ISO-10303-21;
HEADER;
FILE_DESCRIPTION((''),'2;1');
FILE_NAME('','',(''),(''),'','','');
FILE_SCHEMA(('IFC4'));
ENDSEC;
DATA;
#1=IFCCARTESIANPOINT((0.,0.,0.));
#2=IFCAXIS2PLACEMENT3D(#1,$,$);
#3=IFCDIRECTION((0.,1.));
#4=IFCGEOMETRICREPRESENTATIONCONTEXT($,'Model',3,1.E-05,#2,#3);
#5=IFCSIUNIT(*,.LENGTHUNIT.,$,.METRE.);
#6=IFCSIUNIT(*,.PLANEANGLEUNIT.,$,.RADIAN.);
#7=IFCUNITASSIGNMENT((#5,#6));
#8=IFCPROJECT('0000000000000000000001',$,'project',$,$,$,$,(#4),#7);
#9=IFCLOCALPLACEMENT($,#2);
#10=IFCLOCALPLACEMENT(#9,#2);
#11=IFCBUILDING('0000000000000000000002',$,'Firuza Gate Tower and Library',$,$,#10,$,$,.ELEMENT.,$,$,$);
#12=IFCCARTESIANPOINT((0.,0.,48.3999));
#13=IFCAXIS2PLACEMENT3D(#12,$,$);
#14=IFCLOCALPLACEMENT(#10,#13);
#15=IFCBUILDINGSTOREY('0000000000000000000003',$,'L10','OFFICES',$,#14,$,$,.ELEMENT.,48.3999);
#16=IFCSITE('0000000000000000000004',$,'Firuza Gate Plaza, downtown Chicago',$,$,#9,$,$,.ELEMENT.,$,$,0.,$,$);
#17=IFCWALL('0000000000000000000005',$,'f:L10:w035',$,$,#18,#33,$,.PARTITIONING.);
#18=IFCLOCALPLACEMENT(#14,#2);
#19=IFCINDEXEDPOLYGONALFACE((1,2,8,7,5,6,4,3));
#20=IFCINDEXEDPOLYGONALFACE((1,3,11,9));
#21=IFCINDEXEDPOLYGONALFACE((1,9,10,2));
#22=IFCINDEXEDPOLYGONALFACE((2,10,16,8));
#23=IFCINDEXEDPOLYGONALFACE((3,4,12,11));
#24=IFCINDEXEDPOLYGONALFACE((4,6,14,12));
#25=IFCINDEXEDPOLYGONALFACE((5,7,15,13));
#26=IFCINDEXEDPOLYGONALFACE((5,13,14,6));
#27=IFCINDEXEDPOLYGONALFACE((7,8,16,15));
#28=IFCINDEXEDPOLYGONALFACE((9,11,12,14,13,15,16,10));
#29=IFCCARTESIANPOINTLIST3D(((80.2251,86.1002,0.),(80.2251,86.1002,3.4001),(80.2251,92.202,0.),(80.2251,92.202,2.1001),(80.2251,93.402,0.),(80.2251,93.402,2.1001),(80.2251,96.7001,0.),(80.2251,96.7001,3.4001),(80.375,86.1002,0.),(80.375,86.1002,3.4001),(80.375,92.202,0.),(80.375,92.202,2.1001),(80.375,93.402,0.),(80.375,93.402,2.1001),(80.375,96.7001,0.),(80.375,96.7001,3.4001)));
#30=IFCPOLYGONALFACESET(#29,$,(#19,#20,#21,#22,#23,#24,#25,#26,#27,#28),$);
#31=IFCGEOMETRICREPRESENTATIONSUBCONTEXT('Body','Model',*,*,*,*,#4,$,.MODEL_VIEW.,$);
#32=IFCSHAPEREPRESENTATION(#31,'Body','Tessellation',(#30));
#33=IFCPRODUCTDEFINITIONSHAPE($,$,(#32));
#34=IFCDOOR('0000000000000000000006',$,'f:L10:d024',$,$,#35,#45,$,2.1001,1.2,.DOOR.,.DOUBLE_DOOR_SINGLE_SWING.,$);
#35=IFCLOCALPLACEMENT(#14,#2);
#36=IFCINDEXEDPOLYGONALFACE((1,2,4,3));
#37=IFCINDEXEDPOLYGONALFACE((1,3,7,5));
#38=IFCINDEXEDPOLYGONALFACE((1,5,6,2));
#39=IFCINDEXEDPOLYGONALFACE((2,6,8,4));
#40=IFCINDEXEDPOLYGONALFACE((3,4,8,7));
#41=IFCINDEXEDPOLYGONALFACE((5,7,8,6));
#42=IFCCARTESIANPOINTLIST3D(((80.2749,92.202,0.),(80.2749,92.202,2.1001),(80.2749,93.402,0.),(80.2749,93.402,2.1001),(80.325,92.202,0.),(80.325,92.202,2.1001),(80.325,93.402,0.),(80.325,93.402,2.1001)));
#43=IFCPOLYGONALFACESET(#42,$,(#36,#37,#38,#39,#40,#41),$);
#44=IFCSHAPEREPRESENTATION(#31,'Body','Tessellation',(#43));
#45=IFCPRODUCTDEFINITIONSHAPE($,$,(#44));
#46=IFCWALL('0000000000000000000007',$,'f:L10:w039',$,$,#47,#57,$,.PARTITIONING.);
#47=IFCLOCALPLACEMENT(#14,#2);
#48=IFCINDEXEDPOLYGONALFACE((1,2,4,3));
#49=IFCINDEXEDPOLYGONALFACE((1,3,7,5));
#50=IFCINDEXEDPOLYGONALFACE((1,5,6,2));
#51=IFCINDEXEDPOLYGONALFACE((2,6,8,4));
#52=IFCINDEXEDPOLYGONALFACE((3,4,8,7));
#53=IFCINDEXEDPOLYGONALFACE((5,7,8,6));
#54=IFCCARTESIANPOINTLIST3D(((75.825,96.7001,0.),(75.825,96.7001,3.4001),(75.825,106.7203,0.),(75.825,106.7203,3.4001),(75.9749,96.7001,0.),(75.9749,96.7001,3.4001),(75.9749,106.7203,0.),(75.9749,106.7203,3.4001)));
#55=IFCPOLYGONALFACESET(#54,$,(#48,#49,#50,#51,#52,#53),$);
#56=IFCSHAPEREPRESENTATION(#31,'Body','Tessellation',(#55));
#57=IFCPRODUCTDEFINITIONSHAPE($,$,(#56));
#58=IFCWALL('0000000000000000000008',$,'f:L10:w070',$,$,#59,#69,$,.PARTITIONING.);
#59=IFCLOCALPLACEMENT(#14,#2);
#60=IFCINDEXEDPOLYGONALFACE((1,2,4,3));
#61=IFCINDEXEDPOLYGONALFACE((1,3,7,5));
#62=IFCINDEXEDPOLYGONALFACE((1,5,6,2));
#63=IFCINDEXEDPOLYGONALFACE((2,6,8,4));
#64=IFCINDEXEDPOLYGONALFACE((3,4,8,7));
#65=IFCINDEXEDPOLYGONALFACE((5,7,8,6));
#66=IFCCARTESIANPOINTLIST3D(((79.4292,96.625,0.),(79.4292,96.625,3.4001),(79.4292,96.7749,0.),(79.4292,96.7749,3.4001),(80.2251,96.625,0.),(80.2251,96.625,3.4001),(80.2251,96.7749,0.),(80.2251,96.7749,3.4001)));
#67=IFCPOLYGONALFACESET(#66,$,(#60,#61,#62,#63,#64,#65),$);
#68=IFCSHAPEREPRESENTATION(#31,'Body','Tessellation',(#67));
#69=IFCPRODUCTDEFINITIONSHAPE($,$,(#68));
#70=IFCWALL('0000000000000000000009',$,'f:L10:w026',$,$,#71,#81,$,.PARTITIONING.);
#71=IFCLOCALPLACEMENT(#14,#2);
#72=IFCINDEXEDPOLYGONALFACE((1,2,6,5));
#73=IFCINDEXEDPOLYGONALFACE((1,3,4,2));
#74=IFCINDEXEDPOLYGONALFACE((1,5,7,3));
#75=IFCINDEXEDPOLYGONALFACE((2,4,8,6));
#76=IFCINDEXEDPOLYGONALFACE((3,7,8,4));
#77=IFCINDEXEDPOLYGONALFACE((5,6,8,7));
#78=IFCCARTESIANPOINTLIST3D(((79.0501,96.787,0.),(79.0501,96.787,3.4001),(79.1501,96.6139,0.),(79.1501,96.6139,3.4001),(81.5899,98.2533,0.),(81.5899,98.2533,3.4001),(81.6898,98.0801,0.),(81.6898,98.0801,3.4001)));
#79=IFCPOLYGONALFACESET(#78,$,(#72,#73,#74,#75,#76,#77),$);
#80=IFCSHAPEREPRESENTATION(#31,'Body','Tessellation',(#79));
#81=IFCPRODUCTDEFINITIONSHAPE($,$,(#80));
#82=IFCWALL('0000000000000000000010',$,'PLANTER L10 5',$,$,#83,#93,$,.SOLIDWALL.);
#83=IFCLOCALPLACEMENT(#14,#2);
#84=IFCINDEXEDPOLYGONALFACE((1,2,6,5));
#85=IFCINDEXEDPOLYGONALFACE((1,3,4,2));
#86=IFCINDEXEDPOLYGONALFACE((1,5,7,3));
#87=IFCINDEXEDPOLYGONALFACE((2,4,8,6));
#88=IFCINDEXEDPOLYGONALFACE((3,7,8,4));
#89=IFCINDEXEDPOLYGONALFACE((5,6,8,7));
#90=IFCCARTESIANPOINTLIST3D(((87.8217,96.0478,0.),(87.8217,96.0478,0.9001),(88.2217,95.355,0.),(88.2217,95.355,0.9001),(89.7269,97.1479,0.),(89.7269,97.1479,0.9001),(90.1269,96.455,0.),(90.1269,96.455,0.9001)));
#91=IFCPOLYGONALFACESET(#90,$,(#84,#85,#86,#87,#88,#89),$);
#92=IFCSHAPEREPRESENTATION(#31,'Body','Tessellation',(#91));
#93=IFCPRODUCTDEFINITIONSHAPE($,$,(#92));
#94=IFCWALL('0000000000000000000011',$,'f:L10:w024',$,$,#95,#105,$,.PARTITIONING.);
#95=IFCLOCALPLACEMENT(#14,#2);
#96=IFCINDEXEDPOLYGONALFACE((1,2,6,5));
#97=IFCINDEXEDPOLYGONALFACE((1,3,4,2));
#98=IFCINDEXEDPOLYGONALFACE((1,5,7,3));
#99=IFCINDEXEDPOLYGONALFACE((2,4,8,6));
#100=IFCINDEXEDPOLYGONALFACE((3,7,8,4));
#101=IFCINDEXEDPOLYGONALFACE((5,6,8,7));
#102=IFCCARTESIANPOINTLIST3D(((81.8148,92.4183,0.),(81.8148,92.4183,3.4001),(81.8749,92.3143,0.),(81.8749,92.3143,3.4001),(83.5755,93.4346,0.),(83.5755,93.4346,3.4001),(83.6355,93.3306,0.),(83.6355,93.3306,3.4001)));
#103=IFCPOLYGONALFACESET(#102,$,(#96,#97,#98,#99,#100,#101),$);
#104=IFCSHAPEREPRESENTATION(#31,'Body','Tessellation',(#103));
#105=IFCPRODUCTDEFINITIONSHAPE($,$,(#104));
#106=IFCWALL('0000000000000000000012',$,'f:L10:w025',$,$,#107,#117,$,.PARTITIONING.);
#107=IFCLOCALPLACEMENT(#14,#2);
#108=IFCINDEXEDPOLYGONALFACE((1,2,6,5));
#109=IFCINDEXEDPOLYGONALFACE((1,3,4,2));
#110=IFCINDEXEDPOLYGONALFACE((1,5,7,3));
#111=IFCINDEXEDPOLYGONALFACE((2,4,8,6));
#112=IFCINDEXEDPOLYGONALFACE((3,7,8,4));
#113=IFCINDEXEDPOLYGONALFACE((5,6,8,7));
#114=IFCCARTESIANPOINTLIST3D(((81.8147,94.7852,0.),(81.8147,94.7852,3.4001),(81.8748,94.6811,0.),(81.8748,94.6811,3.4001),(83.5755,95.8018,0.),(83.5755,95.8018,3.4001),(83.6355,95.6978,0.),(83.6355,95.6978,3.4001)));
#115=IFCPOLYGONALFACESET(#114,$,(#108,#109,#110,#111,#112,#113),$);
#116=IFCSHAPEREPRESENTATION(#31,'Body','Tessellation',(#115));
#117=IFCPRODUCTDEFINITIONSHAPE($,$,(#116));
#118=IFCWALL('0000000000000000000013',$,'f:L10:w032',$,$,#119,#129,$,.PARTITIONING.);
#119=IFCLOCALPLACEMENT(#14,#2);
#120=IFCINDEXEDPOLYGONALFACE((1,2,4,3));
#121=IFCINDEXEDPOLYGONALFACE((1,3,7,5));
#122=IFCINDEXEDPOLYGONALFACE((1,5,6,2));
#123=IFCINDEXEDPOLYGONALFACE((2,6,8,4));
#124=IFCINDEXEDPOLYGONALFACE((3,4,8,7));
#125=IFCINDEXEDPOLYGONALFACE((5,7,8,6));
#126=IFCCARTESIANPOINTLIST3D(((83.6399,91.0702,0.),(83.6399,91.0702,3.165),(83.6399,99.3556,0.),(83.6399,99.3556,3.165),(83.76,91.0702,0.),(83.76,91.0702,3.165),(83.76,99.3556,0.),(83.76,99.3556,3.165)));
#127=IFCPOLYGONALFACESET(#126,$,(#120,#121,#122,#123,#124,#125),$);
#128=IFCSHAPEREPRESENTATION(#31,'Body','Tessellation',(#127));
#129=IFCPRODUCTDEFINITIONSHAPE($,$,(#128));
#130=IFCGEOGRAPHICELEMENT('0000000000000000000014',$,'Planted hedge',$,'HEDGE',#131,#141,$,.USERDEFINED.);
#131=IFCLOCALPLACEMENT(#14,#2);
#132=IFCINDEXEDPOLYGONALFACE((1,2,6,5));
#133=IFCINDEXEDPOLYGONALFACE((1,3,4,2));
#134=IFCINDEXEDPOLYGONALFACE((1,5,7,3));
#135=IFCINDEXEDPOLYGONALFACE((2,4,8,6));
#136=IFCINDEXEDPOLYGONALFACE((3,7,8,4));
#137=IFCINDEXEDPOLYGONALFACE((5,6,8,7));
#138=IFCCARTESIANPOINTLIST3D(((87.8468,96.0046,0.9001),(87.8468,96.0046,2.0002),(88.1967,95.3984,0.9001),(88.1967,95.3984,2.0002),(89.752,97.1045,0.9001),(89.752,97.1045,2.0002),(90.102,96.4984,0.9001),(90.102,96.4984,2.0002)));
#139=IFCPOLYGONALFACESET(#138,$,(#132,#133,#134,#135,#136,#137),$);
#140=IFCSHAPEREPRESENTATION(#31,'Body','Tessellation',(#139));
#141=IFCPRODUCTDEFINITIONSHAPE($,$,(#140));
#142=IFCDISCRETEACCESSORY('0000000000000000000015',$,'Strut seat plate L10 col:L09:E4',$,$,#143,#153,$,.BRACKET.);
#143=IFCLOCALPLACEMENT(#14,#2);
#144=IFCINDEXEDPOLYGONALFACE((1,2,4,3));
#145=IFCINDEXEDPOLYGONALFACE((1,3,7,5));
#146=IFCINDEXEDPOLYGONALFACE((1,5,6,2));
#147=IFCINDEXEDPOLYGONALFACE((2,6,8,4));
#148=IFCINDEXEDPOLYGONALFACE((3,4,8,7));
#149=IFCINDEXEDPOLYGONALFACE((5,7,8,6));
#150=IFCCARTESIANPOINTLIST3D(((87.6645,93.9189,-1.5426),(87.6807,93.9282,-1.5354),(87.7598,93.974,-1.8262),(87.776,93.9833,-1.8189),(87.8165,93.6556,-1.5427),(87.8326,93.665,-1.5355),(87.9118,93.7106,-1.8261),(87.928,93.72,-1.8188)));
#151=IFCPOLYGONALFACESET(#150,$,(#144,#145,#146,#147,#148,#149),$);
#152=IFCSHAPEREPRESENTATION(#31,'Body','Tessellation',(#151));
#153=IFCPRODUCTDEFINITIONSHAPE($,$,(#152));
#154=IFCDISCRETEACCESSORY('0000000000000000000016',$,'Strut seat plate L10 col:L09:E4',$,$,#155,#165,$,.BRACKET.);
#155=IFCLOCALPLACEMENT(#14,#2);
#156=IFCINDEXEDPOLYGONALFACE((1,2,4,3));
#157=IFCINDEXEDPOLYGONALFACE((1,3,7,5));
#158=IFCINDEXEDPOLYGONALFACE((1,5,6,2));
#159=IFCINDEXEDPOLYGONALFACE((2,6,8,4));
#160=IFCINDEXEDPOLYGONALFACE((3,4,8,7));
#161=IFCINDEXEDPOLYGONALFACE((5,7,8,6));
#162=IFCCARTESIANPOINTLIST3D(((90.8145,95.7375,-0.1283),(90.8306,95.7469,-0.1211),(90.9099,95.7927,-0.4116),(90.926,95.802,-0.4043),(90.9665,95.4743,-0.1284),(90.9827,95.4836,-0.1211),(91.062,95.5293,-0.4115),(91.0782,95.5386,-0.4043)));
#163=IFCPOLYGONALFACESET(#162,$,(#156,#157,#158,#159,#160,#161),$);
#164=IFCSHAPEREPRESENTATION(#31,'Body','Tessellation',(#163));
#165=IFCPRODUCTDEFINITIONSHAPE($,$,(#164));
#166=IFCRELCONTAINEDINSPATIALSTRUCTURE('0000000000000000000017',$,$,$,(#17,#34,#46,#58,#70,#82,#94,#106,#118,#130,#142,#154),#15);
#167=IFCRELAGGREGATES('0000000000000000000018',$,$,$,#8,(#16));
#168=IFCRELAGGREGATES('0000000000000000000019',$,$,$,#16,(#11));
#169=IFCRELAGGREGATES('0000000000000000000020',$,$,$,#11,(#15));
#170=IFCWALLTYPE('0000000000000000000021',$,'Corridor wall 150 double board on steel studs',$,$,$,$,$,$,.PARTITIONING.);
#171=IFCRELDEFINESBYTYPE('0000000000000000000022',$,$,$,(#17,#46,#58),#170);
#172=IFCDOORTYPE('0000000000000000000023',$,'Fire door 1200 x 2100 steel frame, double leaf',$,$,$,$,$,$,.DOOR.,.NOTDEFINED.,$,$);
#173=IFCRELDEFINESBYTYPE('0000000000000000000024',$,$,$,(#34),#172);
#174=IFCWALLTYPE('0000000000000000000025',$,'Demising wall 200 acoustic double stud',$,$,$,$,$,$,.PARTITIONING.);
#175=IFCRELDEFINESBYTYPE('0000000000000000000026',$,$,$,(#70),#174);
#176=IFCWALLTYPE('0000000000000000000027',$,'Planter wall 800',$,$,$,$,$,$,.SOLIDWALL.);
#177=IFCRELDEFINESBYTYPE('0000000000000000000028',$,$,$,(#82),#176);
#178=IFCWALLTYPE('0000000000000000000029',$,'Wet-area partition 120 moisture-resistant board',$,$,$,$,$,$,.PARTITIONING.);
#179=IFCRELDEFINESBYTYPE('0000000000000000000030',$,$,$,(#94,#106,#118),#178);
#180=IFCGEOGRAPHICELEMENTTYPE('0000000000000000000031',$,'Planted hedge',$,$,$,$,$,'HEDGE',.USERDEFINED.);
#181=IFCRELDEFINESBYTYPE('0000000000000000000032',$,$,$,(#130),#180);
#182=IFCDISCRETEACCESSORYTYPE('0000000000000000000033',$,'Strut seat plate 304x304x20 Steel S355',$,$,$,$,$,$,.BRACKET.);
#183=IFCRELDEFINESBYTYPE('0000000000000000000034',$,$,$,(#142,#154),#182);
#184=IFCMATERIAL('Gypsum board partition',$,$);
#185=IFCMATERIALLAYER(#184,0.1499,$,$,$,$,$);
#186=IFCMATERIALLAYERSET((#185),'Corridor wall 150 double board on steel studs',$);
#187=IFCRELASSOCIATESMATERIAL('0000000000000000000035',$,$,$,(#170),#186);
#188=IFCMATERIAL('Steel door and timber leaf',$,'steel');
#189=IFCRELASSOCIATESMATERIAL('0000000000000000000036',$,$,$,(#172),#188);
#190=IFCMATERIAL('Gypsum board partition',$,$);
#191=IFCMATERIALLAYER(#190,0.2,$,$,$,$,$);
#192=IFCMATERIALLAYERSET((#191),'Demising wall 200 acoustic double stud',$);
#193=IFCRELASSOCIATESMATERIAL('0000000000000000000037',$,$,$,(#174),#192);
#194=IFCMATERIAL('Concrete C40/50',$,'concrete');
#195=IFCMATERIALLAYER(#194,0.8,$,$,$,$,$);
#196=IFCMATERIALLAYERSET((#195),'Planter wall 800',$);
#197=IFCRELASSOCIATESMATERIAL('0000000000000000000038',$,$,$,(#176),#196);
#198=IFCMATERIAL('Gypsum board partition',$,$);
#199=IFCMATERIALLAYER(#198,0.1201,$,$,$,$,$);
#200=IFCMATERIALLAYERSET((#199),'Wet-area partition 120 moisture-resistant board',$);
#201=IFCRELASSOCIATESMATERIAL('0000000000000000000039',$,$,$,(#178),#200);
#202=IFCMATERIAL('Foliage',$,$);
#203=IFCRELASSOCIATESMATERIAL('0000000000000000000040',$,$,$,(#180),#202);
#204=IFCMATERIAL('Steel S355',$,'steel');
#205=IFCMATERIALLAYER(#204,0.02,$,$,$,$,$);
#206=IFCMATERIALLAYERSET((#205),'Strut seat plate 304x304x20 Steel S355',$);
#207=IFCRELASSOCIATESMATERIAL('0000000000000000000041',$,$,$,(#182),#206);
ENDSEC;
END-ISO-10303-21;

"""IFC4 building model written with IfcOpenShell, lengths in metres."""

from ifc_helpers import new_model, si_unit, direction, frame, frame_2d, origin, origin_2d, place, context, subcontext, project, spatial, polyline, rectangle, outline, extrude, material, layer, layer_set, type_object, element, fill, save


model = new_model("IFC4")

# Units and contexts
model_context = context("Model", 3, precision=1e-05, world=origin(), true_north=direction((0.0, 1.0)))
body_context = subcontext(model_context, "Body", "Model", "MODEL_VIEW")
ifc_project = project(units=[si_unit("LENGTHUNIT", "METRE"), si_unit("PLANEANGLEUNIT", "RADIAN")], contexts=[model_context])

# Site, building, storey
site_placement = place(None, origin())
site = spatial("IfcSite", under=ifc_project, at=site_placement, Name="Firuza Gate Plaza, downtown Chicago", CompositionType="ELEMENT", RefElevation=0.0)
building_placement = place(site_placement, origin())
building = spatial("IfcBuilding", under=site, at=building_placement, Name="Firuza Gate Tower and Library", CompositionType="ELEMENT")
storey_placement = place(building_placement, frame((0.0, 0.0, 48.3999)))
storey = spatial("IfcBuildingStorey", under=building, at=storey_placement, Name="L10", Description="OFFICES", CompositionType="ELEMENT", Elevation=48.3999)

# Wall, opening, door
ifc_material_1 = material(Name="Gypsum board partition")
ifc_layer_1 = layer(ifc_material_1, 0.1499)
ifc_layer_set_1 = layer_set([ifc_layer_1], Name="Corridor wall 150 double board on steel studs")
wall_type_1 = type_object("IfcWallType", Name="Corridor wall 150 double board on steel studs", PredefinedType="PARTITIONING", material=ifc_layer_set_1)
wall_1_placement = place(storey_placement, frame((80.3, 96.7, 0.0), z_axis=(0.0, 0.0, 1.0), x_axis=(0.0, -1.0, 0.0)))
wall_1 = element("IfcWall", 1, at=wall_1_placement, inside=storey, type_object=wall_type_1, Name="f:L10:w035", PredefinedType="PARTITIONING", context=body_context, shape_type="SweptSolid", body=[
    extrude(rectangle(XDim=10.5999, YDim=0.1499, at=frame_2d((5.2998, 0.0))), origin(), (0.0, 0.0, 1.0), 3.4001),
])
opening_1_placement = place(wall_1_placement, frame((3.2979, 0.0, 0.0)))
opening_1 = element("IfcOpeningElement", 2, at=opening_1_placement, cuts=wall_1, PredefinedType="OPENING", context=body_context, shape_type="SweptSolid", body=[
    extrude(rectangle(XDim=1.2, YDim=2.1001, at=frame_2d((0.6001, 1.05))), frame((0.0, 0.085, 0.0), z_axis=(0.0, -1.0, 0.0), x_axis=(1.0, 0.0, 0.0)), (0.0, 0.0, 1.0), 0.1699),
])
ifc_material_2 = material(Name="Steel door and timber leaf", Category="steel")
door_type_1 = type_object("IfcDoorType", Name="Fire door 1200 x 2100 steel frame, double leaf", OperationType="NOTDEFINED", PredefinedType="DOOR", material=ifc_material_2)
door_1_placement = place(opening_1_placement, origin())
door_1 = element("IfcDoor", 3, at=door_1_placement, inside=storey, type_object=door_type_1, Name="f:L10:d024", OperationType="DOUBLE_DOOR_SINGLE_SWING", OverallHeight=2.1001, OverallWidth=1.2, PredefinedType="DOOR", context=body_context, shape_type="SweptSolid", body=[
    extrude(rectangle(XDim=1.2, YDim=2.1001, at=frame_2d((0.6001, 1.05))), frame((0.0, 0.0249, 0.0), z_axis=(0.0, -1.0, 0.0), x_axis=(1.0, 0.0, 0.0)), (0.0, 0.0, 1.0), 0.05),
])
fill(opening_1, door_1)

# Walls
wall_2_placement = place(storey_placement, frame((75.8999, 96.7, 0.0), z_axis=(0.0, 0.0, 1.0), x_axis=(0.0, 1.0, 0.0)))
element("IfcWall", 4, at=wall_2_placement, inside=storey, type_object=wall_type_1, Name="f:L10:w039", PredefinedType="PARTITIONING", context=body_context, shape_type="SweptSolid", body=[
    extrude(rectangle(XDim=10.0203, YDim=0.1499, at=frame_2d((5.0103, 0.0))), origin(), (0.0, 0.0, 1.0), 3.4001),
])
wall_3_placement = place(storey_placement, frame((79.4292, 96.7, 0.0), z_axis=(0.0, 0.0, 1.0), x_axis=(1.0, 0.0, 0.0)))
element("IfcWall", 5, at=wall_3_placement, inside=storey, type_object=wall_type_1, Name="f:L10:w070", PredefinedType="PARTITIONING", context=body_context, shape_type="SweptSolid", body=[
    extrude(rectangle(XDim=0.7959, YDim=0.1499, at=frame_2d((0.3979, 0.0))), origin(), (0.0, 0.0, 1.0), 3.4001),
])
ifc_material_3 = material(Name="Gypsum board partition")
ifc_layer_2 = layer(ifc_material_3, 0.2)
ifc_layer_set_2 = layer_set([ifc_layer_2], Name="Demising wall 200 acoustic double stud")
wall_type_2 = type_object("IfcWallType", Name="Demising wall 200 acoustic double stud", PredefinedType="PARTITIONING", material=ifc_layer_set_2)
wall_4_placement = place(storey_placement, frame((79.1001, 96.7004, 0.0), z_axis=(0.0, 0.0, 1.0), x_axis=(0.866032, 0.499989, 0.0)))
element("IfcWall", 6, at=wall_4_placement, inside=storey, type_object=wall_type_2, Name="f:L10:w026", PredefinedType="PARTITIONING", context=body_context, shape_type="SweptSolid", body=[
    extrude(rectangle(XDim=2.9326, YDim=0.2, at=frame_2d((1.4663, 0.0))), origin(), (0.0, 0.0, 1.0), 3.4001),
])
ifc_material_4 = material(Name="Concrete C40/50", Category="concrete")
ifc_layer_3 = layer(ifc_material_4, 0.8)
ifc_layer_set_3 = layer_set([ifc_layer_3], Name="Planter wall 800")
wall_type_3 = type_object("IfcWallType", Name="Planter wall 800", PredefinedType="SOLIDWALL", material=ifc_layer_set_3)
wall_5_placement = place(storey_placement, frame((89.927, 96.8015, 0.0), z_axis=(0.0, 0.0, 1.0), x_axis=(-0.866008, -0.50003, 0.0)))
element("IfcWall", 7, at=wall_5_placement, inside=storey, type_object=wall_type_3, Name="PLANTER L10 5", PredefinedType="SOLIDWALL", context=body_context, shape_type="SweptSolid", body=[
    extrude(rectangle(XDim=2.2, YDim=0.8, at=frame_2d((1.1001, 0.0))), origin(), (0.0, 0.0, 1.0), 0.9001),
])
ifc_material_5 = material(Name="Gypsum board partition")
ifc_layer_4 = layer(ifc_material_5, 0.1201)
ifc_layer_set_4 = layer_set([ifc_layer_4], Name="Wet-area partition 120 moisture-resistant board")
wall_type_4 = type_object("IfcWallType", Name="Wet-area partition 120 moisture-resistant board", PredefinedType="PARTITIONING", material=ifc_layer_set_4)
wall_6_placement = place(storey_placement, frame((81.8447, 92.3662, 0.0), z_axis=(0.0, 0.0, 1.0), x_axis=(0.86607, 0.499923, 0.0)))
element("IfcWall", 8, at=wall_6_placement, inside=storey, type_object=wall_type_4, Name="f:L10:w024", PredefinedType="PARTITIONING", context=body_context, shape_type="SweptSolid", body=[
    extrude(rectangle(XDim=2.033, YDim=0.1201, at=frame_2d((1.0166, 0.0))), origin(), (0.0, 0.0, 1.0), 3.4001),
])
wall_7_placement = place(storey_placement, frame((81.8447, 94.7332, 0.0), z_axis=(0.0, 0.0, 1.0), x_axis=(0.866018, 0.500013, 0.0)))
element("IfcWall", 9, at=wall_7_placement, inside=storey, type_object=wall_type_4, Name="f:L10:w025", PredefinedType="PARTITIONING", context=body_context, shape_type="SweptSolid", body=[
    extrude(rectangle(XDim=2.0332, YDim=0.1201, at=frame_2d((1.0166, 0.0))), origin(), (0.0, 0.0, 1.0), 3.4001),
])
wall_8_placement = place(storey_placement, frame((83.7, 91.0703, 0.0), z_axis=(0.0, 0.0, 1.0), x_axis=(0.0, 1.0, 0.0)))
element("IfcWall", 10, at=wall_8_placement, inside=storey, type_object=wall_type_4, Name="f:L10:w032", PredefinedType="PARTITIONING", context=body_context, shape_type="SweptSolid", body=[
    extrude(rectangle(XDim=8.2854, YDim=0.1201, at=frame_2d((4.1426, 0.0))), origin(), (0.0, 0.0, 1.0), 3.165),
])

# Geographic element
ifc_material_6 = material(Name="Foliage")
geographic_element_type = type_object("IfcGeographicElementType", Name="Planted hedge", ElementType="HEDGE", PredefinedType="USERDEFINED", material=ifc_material_6)
geographic_element_placement = place(storey_placement, frame((88.9744, 96.2515, 0.9001), z_axis=(0.0, 0.0, 1.0), x_axis=(-0.866025, -0.5, 0.0)))
element("IfcGeographicElement", 11, at=geographic_element_placement, inside=storey, type_object=geographic_element_type, Name="Planted hedge", ObjectType="HEDGE", PredefinedType="USERDEFINED", context=body_context, shape_type="SweptSolid", body=[
    extrude(rectangle(XDim=2.2, YDim=0.7, at=origin_2d()), origin(), (0.0, 0.0, 1.0), 1.1001),
])

# Discrete accessories
ifc_material_7 = material(Name="Steel S355", Category="steel")
ifc_layer_5 = layer(ifc_material_7, 0.02)
ifc_layer_set_5 = layer_set([ifc_layer_5], Name="Strut seat plate 304x304x20 Steel S355")
discrete_accessory_type = type_object("IfcDiscreteAccessoryType", Name="Strut seat plate 304x304x20 Steel S355", PredefinedType="BRACKET", material=ifc_layer_set_5)
discrete_accessory_1_placement = place(storey_placement, frame((87.6807, 93.9282, -1.5354), z_axis=(0.807329, 0.465982, 0.362051), x_axis=(0.499959, -0.866049, -0.000185)))
element("IfcDiscreteAccessory", 12, at=discrete_accessory_1_placement, inside=storey, type_object=discrete_accessory_type, Name="Strut seat plate L10 col:L09:E4", PredefinedType="BRACKET", context=body_context, shape_type="SweptSolid", body=[
    extrude(outline(polyline([(0.0, 0.0), (0.304, 0.0), (0.3041, 0.304), (0.0, 0.3041), (0.0, 0.0)])), origin(), (0.0, 0.0, -1.0), 0.02),
])
discrete_accessory_2_placement = place(storey_placement, frame((90.9827, 95.4836, -0.1211), z_axis=(0.806974, 0.466152, 0.362624), x_axis=(-0.50022, 0.865898, 0.000068)))
element("IfcDiscreteAccessory", 13, at=discrete_accessory_2_placement, inside=storey, type_object=discrete_accessory_type, Name="Strut seat plate L10 col:L09:E4", PredefinedType="BRACKET", context=body_context, shape_type="SweptSolid", body=[
    extrude(outline(polyline([(0.0, 0.0), (0.304, 0.0), (0.304, -0.3039), (-0.0002, -0.3039), (0.0, 0.0)])), origin(), (0.0, 0.0, -1.0), 0.02),
])

save(model, "model.ifc")
